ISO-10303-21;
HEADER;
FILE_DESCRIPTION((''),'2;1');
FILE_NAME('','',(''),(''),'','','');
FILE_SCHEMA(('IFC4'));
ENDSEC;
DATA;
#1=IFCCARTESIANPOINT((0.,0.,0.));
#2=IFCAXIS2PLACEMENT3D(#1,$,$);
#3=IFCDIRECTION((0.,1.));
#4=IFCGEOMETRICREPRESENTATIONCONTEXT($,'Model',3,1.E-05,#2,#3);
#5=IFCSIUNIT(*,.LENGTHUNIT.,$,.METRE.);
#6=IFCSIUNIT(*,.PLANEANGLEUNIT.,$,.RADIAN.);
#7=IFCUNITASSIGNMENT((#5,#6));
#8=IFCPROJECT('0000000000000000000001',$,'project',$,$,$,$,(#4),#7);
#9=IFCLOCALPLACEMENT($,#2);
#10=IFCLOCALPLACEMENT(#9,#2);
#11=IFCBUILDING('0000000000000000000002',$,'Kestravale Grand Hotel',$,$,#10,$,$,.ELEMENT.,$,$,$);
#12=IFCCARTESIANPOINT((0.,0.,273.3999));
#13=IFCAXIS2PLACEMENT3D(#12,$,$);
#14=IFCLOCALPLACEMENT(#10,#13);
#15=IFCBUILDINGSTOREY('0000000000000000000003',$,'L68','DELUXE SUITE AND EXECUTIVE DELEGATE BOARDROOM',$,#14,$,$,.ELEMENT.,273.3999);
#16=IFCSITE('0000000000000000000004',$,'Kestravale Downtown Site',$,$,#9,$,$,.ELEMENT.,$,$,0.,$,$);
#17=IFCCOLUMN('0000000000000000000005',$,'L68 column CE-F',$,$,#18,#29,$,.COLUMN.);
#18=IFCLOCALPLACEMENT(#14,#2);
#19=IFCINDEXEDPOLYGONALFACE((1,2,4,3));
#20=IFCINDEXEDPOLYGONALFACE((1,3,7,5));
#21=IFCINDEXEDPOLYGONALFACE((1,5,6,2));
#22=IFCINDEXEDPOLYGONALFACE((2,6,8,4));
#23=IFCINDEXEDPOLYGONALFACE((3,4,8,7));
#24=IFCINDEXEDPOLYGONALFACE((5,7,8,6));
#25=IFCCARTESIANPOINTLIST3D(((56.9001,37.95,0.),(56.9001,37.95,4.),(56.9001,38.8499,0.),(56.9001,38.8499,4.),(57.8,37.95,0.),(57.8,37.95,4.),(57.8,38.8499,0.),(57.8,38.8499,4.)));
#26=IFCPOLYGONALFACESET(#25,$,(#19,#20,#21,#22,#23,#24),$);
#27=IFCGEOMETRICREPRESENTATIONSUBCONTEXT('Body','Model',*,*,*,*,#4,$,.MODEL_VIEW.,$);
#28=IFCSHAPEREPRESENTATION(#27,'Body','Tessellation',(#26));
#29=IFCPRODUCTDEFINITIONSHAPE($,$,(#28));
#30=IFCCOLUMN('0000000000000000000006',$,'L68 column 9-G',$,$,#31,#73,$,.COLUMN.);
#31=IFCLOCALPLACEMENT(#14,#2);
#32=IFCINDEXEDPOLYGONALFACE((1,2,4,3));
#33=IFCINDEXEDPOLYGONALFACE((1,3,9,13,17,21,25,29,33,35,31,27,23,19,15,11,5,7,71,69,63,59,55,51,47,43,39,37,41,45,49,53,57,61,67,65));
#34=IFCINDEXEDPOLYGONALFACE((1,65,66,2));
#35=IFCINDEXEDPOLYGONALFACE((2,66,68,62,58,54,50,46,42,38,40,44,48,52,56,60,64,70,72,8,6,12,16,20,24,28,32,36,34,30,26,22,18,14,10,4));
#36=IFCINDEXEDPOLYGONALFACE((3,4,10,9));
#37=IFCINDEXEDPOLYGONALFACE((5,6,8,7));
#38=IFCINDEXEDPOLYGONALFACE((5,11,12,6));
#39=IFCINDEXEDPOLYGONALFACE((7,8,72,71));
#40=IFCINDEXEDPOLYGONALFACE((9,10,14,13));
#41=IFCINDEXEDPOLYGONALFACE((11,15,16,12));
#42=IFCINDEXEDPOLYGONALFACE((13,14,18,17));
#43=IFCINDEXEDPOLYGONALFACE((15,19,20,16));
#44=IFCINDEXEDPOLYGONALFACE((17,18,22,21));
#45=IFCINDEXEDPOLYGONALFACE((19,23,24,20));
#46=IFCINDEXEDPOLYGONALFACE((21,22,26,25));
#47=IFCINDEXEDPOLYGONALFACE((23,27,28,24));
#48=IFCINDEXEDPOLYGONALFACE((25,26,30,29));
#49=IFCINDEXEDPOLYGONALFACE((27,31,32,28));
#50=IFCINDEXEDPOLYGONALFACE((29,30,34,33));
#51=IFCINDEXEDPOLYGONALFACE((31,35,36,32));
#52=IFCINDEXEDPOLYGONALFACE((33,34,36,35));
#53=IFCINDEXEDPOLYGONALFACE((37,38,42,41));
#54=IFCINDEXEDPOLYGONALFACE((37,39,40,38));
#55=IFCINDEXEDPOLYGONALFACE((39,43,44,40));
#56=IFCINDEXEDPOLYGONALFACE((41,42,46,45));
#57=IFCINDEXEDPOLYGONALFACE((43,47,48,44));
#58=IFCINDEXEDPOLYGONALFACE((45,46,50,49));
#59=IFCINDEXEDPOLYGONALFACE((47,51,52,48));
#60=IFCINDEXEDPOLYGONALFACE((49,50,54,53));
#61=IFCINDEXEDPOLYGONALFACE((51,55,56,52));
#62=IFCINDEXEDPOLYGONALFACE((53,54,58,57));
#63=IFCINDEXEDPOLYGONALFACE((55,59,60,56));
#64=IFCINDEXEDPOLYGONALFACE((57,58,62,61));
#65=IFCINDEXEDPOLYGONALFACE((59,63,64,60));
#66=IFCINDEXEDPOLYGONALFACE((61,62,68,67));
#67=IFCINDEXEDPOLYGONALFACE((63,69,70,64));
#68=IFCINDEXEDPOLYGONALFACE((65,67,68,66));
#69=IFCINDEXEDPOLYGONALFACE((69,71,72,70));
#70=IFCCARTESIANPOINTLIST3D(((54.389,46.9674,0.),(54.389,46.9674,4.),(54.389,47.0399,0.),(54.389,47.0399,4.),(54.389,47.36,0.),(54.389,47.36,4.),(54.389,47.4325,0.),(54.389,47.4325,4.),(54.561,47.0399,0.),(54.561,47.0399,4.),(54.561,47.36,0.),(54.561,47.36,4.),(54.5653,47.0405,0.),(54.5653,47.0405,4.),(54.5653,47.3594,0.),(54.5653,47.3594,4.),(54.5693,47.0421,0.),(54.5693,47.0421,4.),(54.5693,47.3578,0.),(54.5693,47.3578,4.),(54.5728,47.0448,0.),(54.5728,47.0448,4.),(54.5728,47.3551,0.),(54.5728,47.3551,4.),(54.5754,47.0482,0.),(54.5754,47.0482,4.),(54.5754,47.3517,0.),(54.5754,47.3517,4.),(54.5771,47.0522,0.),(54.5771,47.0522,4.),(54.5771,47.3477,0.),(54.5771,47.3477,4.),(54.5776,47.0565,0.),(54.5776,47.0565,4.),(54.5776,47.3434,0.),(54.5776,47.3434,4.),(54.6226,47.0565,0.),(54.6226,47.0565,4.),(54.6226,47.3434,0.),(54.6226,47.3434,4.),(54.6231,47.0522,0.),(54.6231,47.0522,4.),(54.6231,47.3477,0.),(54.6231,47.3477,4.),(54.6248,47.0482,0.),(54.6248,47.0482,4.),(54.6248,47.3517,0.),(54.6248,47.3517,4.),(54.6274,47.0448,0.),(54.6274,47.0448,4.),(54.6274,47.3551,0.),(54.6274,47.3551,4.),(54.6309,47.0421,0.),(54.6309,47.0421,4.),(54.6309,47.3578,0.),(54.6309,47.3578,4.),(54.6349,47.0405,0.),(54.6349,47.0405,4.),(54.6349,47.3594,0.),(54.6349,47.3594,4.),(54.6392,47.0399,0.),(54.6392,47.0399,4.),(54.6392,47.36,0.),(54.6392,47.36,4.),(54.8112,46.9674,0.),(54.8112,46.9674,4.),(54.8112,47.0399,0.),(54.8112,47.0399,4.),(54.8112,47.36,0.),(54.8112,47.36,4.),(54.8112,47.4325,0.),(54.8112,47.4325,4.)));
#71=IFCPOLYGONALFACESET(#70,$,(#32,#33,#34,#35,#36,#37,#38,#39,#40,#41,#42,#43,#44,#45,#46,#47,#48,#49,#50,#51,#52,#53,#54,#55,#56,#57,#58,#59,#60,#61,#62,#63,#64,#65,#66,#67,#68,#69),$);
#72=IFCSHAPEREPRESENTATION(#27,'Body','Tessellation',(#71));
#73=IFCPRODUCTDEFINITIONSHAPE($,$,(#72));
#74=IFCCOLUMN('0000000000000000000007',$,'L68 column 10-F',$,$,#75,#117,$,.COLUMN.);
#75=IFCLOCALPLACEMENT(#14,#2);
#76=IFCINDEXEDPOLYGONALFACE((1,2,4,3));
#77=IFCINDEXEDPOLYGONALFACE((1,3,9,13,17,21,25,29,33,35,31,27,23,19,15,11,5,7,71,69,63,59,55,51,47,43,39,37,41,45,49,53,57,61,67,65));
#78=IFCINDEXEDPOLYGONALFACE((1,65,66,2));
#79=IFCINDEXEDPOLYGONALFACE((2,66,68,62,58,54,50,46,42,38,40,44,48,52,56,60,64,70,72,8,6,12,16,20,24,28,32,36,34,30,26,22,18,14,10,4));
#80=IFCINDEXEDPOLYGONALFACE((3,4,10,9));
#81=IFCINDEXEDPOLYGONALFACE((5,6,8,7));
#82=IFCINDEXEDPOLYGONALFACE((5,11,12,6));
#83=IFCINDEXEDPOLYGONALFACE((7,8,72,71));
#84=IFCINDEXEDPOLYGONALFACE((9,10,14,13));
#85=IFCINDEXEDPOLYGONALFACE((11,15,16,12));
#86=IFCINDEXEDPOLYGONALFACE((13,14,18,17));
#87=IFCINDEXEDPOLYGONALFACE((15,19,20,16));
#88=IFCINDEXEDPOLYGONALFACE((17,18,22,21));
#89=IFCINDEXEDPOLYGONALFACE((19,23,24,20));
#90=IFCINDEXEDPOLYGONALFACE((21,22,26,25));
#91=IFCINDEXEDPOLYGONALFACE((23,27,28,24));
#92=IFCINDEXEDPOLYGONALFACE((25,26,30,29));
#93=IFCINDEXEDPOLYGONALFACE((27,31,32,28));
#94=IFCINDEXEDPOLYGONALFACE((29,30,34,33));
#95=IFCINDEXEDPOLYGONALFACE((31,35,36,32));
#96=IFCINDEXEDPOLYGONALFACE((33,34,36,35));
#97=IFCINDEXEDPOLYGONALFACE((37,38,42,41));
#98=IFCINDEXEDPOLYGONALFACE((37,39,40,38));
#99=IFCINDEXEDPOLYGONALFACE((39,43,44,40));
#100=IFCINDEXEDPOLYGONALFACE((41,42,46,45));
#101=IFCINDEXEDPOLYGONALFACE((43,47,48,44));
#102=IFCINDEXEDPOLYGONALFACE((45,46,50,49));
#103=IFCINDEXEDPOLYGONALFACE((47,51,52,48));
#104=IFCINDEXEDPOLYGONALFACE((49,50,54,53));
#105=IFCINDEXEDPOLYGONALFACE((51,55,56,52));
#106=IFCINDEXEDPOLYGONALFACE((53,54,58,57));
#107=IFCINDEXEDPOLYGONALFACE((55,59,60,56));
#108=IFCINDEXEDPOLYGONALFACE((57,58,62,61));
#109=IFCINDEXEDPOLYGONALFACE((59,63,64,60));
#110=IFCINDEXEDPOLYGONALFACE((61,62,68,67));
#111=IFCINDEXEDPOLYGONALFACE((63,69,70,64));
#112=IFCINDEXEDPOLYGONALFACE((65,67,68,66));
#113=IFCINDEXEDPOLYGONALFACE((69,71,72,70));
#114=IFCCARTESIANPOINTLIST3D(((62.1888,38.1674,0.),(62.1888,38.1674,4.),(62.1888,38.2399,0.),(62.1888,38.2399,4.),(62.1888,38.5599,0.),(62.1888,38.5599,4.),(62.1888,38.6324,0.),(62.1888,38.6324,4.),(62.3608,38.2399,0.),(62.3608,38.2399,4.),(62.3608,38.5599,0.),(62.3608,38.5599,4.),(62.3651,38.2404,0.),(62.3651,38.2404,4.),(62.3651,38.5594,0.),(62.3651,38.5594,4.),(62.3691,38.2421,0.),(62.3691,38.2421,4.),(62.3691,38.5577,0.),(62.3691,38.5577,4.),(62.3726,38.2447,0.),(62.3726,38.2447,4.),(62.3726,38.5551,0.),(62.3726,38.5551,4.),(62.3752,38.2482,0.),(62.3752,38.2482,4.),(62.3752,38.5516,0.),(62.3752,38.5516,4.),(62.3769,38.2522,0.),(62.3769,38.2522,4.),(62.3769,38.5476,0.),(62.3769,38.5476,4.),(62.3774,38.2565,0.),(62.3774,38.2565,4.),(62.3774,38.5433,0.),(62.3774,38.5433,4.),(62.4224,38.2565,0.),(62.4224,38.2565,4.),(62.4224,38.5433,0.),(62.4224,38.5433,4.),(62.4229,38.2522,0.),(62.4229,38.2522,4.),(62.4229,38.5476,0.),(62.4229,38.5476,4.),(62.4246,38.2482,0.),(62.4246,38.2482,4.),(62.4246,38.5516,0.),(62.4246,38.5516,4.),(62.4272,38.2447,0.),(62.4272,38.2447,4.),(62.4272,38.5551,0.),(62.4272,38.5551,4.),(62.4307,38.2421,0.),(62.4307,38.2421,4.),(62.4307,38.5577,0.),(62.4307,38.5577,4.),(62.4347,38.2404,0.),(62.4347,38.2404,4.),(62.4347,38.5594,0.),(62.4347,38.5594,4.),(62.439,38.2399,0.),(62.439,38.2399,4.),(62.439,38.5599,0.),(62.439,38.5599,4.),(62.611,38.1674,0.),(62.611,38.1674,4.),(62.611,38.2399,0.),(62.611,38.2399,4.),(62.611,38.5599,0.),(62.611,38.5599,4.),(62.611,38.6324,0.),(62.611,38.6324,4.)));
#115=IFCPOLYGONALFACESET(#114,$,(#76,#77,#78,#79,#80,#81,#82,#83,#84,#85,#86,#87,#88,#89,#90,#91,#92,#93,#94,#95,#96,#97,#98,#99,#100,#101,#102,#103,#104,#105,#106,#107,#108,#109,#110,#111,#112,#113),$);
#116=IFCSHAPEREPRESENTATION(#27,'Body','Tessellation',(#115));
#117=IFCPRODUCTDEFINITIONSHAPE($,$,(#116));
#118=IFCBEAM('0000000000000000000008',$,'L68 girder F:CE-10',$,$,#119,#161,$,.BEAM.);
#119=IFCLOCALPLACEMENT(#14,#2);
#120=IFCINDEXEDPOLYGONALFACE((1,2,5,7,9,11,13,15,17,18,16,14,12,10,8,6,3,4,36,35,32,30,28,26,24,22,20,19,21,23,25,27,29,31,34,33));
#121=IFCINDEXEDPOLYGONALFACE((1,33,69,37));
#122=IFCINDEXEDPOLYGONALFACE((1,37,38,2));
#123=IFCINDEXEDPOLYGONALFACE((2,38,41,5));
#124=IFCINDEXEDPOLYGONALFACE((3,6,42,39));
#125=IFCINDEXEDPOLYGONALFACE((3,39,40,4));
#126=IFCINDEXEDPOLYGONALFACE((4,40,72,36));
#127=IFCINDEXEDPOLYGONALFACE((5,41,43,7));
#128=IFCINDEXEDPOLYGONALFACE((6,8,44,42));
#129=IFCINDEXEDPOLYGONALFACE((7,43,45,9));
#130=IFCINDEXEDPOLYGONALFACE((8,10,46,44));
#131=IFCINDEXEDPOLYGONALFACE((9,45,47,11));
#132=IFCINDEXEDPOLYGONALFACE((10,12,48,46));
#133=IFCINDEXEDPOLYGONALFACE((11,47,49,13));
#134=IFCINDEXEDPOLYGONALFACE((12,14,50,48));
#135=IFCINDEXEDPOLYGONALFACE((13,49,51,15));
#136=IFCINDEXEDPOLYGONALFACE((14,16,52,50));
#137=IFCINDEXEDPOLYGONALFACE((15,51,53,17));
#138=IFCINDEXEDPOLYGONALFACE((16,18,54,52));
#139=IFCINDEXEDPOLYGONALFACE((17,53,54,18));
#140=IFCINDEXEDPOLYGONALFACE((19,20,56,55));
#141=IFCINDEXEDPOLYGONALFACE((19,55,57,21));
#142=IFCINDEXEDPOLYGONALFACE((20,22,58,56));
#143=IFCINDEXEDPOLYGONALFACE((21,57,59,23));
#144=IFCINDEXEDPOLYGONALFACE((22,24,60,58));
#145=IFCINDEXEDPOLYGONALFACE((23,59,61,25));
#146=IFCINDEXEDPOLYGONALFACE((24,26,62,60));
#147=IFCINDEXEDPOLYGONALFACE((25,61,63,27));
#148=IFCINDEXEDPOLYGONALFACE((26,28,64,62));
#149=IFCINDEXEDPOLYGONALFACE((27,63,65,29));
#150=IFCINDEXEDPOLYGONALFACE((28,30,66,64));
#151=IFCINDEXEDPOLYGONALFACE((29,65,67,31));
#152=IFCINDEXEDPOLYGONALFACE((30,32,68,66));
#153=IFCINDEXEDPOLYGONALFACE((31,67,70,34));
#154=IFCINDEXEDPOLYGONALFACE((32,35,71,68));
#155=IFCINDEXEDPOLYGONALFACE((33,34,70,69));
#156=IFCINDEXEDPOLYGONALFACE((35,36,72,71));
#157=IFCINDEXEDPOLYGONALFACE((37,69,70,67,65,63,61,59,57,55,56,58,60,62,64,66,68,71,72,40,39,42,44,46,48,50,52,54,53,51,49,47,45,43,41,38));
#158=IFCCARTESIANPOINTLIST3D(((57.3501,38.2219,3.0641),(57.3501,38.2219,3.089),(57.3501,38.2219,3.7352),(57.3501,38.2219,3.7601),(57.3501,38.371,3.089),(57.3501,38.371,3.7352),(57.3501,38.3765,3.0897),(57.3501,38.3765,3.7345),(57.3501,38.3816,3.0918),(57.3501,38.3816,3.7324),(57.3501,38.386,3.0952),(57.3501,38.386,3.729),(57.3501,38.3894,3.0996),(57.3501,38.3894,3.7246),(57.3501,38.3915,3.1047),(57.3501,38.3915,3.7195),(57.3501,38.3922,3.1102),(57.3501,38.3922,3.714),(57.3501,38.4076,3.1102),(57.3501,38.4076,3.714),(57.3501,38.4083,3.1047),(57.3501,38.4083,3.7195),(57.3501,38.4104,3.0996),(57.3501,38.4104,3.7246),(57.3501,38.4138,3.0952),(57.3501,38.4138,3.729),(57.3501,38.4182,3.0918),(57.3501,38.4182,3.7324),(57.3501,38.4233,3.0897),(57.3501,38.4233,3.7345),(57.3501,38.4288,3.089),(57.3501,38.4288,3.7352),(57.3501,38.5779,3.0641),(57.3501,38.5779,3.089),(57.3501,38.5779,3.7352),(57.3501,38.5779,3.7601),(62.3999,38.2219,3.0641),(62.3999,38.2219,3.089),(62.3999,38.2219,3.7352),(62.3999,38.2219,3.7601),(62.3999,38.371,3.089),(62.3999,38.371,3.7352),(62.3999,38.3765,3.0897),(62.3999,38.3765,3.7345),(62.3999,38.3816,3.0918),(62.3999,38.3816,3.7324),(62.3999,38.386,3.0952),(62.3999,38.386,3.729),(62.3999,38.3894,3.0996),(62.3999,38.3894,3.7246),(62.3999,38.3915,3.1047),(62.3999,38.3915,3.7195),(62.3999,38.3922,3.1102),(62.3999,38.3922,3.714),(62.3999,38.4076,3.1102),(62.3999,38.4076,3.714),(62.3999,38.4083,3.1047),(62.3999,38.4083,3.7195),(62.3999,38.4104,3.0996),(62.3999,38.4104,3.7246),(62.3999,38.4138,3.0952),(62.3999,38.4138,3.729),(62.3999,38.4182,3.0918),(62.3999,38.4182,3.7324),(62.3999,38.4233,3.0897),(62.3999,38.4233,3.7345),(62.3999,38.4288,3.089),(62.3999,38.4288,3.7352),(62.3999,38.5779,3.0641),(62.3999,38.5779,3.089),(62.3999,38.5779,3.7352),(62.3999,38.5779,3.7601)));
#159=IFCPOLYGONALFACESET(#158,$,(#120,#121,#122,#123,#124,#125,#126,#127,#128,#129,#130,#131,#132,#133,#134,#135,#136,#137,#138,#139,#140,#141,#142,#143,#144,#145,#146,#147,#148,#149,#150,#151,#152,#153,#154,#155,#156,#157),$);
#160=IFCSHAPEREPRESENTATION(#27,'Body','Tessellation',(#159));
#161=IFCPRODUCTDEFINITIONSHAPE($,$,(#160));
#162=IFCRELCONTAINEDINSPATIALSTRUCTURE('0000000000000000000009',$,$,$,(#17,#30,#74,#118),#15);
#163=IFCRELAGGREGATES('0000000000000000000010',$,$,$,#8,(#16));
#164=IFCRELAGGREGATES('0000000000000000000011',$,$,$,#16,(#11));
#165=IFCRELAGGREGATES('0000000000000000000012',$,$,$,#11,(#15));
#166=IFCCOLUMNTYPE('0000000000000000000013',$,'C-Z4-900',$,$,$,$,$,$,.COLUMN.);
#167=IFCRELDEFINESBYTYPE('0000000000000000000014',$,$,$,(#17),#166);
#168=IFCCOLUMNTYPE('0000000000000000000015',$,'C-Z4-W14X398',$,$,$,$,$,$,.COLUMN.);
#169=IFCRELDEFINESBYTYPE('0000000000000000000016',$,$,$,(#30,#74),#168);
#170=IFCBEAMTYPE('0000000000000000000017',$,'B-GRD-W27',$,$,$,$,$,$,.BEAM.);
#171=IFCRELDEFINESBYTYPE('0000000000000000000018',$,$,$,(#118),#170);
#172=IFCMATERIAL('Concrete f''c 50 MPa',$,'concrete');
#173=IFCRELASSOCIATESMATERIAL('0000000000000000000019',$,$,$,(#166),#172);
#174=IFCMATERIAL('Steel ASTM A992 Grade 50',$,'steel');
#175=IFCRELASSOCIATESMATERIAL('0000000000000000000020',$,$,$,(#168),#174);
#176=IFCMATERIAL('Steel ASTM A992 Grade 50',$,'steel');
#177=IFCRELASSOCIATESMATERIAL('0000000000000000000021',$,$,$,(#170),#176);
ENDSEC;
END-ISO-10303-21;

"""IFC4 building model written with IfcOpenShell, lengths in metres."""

from ifc_helpers import new_model, si_unit, direction, frame, origin, origin_2d, place, context, subcontext, project, spatial, rectangle, i_section, extrude, material, material_profile, profile_set, type_object, element, save


model = new_model("IFC4")

# Units and contexts
model_context = context("Model", 3, precision=1e-05, world=origin(), true_north=direction((0.0, 1.0)))
body_context = subcontext(model_context, "Body", "Model", "MODEL_VIEW")
ifc_project = project(units=[si_unit("LENGTHUNIT", "METRE"), si_unit("PLANEANGLEUNIT", "RADIAN")], contexts=[model_context])

# Site, building, storey
site_placement = place(None, origin())
site = spatial("IfcSite", under=ifc_project, at=site_placement, Name="Kestravale Downtown Site", CompositionType="ELEMENT", RefElevation=0.0)
building_placement = place(site_placement, origin())
building = spatial("IfcBuilding", under=site, at=building_placement, Name="Kestravale Grand Hotel", CompositionType="ELEMENT")
storey_placement = place(building_placement, frame((0.0, 0.0, 273.3999)))
storey = spatial("IfcBuildingStorey", under=building, at=storey_placement, Name="L68", Description="DELUXE SUITE AND EXECUTIVE DELEGATE BOARDROOM", CompositionType="ELEMENT", Elevation=273.3999)

# Columns
ifc_material_1 = material(Name="Concrete f'c 50 MPa", Category="concrete")
ifc_material_profile_1 = material_profile(ifc_material_1, rectangle(XDim=0.8999, YDim=0.8999, at=origin_2d()))
ifc_profile_set_1 = profile_set([ifc_material_profile_1], Name="Concrete f'c 50 MPa")
column_type_1 = type_object("IfcColumnType", Name="C-Z4-900", PredefinedType="COLUMN", material=ifc_profile_set_1)
column_placement = place(storey_placement, frame((57.3501, 38.3999, 0.0), z_axis=(0.0, 0.0, 1.0), x_axis=(1.0, 0.0, 0.0)))
element("IfcColumn", 1, at=column_placement, inside=storey, type_object=column_type_1, Name="L68 column CE-F", PredefinedType="COLUMN", context=body_context, shape_type="SweptSolid", body=[
    extrude(rectangle(XDim=0.8999, YDim=0.8999, at=origin_2d()), origin(), (0.0, 0.0, 1.0), 4.0),
])
ifc_material_2 = material(Name="Steel ASTM A992 Grade 50", Category="steel")
ifc_material_profile_2 = material_profile(ifc_material_2, i_section(OverallWidth=0.4221, OverallDepth=0.4651, WebThickness=0.0449, FlangeThickness=0.0725, FilletRadius=0.0166, at=origin_2d()))
ifc_profile_set_2 = profile_set([ifc_material_profile_2], Name="Steel ASTM A992 Grade 50")
column_type_2 = type_object("IfcColumnType", Name="C-Z4-W14X398", PredefinedType="COLUMN", material=ifc_profile_set_2)
for number, where, z_axis, x_axis, name in (
    (2, (54.6001, 47.2, 0.0), (0.0, 0.0, 1.0), (1.0, 0.0, 0.0), "L68 column 9-G"),
    (3, (62.3999, 38.3999, 0.0), (0.0, 0.0, 1.0), (1.0, 0.0, 0.0), "L68 column 10-F"),
):
    element("IfcColumn", number, at=place(storey_placement, frame(where, z_axis=z_axis, x_axis=x_axis)), inside=storey, type_object=column_type_2, Name=name, PredefinedType="COLUMN", context=body_context, shape_type="SweptSolid", body=[
        extrude(i_section(OverallWidth=0.4221, OverallDepth=0.4651, WebThickness=0.0449, FlangeThickness=0.0725, FilletRadius=0.0166, at=origin_2d()), origin(), (0.0, 0.0, 1.0), 4.0),
    ])

# Beam
ifc_material_3 = material(Name="Steel ASTM A992 Grade 50", Category="steel")
ifc_material_profile_3 = material_profile(ifc_material_3, i_section(OverallWidth=0.356, OverallDepth=0.696, WebThickness=0.0154, FlangeThickness=0.0249, FilletRadius=0.0212, at=origin_2d()))
ifc_profile_set_3 = profile_set([ifc_material_profile_3], Name="Steel ASTM A992 Grade 50")
beam_type = type_object("IfcBeamType", Name="B-GRD-W27", PredefinedType="BEAM", material=ifc_profile_set_3)
beam_1_placement = place(storey_placement, frame((57.3501, 38.3999, 3.4121), z_axis=(1.0, 0.0, 0.0), x_axis=(0.0, 1.0, 0.0)))
element("IfcBeam", 4, at=beam_1_placement, inside=storey, type_object=beam_type, Name="L68 girder F:CE-10", PredefinedType="BEAM", context=body_context, shape_type="SweptSolid", body=[
    extrude(i_section(OverallWidth=0.356, OverallDepth=0.696, WebThickness=0.0154, FlangeThickness=0.0249, FilletRadius=0.0212, at=origin_2d()), origin(), (0.0, 0.0, 1.0), 5.0498),
])

save(model, "model.ifc")
